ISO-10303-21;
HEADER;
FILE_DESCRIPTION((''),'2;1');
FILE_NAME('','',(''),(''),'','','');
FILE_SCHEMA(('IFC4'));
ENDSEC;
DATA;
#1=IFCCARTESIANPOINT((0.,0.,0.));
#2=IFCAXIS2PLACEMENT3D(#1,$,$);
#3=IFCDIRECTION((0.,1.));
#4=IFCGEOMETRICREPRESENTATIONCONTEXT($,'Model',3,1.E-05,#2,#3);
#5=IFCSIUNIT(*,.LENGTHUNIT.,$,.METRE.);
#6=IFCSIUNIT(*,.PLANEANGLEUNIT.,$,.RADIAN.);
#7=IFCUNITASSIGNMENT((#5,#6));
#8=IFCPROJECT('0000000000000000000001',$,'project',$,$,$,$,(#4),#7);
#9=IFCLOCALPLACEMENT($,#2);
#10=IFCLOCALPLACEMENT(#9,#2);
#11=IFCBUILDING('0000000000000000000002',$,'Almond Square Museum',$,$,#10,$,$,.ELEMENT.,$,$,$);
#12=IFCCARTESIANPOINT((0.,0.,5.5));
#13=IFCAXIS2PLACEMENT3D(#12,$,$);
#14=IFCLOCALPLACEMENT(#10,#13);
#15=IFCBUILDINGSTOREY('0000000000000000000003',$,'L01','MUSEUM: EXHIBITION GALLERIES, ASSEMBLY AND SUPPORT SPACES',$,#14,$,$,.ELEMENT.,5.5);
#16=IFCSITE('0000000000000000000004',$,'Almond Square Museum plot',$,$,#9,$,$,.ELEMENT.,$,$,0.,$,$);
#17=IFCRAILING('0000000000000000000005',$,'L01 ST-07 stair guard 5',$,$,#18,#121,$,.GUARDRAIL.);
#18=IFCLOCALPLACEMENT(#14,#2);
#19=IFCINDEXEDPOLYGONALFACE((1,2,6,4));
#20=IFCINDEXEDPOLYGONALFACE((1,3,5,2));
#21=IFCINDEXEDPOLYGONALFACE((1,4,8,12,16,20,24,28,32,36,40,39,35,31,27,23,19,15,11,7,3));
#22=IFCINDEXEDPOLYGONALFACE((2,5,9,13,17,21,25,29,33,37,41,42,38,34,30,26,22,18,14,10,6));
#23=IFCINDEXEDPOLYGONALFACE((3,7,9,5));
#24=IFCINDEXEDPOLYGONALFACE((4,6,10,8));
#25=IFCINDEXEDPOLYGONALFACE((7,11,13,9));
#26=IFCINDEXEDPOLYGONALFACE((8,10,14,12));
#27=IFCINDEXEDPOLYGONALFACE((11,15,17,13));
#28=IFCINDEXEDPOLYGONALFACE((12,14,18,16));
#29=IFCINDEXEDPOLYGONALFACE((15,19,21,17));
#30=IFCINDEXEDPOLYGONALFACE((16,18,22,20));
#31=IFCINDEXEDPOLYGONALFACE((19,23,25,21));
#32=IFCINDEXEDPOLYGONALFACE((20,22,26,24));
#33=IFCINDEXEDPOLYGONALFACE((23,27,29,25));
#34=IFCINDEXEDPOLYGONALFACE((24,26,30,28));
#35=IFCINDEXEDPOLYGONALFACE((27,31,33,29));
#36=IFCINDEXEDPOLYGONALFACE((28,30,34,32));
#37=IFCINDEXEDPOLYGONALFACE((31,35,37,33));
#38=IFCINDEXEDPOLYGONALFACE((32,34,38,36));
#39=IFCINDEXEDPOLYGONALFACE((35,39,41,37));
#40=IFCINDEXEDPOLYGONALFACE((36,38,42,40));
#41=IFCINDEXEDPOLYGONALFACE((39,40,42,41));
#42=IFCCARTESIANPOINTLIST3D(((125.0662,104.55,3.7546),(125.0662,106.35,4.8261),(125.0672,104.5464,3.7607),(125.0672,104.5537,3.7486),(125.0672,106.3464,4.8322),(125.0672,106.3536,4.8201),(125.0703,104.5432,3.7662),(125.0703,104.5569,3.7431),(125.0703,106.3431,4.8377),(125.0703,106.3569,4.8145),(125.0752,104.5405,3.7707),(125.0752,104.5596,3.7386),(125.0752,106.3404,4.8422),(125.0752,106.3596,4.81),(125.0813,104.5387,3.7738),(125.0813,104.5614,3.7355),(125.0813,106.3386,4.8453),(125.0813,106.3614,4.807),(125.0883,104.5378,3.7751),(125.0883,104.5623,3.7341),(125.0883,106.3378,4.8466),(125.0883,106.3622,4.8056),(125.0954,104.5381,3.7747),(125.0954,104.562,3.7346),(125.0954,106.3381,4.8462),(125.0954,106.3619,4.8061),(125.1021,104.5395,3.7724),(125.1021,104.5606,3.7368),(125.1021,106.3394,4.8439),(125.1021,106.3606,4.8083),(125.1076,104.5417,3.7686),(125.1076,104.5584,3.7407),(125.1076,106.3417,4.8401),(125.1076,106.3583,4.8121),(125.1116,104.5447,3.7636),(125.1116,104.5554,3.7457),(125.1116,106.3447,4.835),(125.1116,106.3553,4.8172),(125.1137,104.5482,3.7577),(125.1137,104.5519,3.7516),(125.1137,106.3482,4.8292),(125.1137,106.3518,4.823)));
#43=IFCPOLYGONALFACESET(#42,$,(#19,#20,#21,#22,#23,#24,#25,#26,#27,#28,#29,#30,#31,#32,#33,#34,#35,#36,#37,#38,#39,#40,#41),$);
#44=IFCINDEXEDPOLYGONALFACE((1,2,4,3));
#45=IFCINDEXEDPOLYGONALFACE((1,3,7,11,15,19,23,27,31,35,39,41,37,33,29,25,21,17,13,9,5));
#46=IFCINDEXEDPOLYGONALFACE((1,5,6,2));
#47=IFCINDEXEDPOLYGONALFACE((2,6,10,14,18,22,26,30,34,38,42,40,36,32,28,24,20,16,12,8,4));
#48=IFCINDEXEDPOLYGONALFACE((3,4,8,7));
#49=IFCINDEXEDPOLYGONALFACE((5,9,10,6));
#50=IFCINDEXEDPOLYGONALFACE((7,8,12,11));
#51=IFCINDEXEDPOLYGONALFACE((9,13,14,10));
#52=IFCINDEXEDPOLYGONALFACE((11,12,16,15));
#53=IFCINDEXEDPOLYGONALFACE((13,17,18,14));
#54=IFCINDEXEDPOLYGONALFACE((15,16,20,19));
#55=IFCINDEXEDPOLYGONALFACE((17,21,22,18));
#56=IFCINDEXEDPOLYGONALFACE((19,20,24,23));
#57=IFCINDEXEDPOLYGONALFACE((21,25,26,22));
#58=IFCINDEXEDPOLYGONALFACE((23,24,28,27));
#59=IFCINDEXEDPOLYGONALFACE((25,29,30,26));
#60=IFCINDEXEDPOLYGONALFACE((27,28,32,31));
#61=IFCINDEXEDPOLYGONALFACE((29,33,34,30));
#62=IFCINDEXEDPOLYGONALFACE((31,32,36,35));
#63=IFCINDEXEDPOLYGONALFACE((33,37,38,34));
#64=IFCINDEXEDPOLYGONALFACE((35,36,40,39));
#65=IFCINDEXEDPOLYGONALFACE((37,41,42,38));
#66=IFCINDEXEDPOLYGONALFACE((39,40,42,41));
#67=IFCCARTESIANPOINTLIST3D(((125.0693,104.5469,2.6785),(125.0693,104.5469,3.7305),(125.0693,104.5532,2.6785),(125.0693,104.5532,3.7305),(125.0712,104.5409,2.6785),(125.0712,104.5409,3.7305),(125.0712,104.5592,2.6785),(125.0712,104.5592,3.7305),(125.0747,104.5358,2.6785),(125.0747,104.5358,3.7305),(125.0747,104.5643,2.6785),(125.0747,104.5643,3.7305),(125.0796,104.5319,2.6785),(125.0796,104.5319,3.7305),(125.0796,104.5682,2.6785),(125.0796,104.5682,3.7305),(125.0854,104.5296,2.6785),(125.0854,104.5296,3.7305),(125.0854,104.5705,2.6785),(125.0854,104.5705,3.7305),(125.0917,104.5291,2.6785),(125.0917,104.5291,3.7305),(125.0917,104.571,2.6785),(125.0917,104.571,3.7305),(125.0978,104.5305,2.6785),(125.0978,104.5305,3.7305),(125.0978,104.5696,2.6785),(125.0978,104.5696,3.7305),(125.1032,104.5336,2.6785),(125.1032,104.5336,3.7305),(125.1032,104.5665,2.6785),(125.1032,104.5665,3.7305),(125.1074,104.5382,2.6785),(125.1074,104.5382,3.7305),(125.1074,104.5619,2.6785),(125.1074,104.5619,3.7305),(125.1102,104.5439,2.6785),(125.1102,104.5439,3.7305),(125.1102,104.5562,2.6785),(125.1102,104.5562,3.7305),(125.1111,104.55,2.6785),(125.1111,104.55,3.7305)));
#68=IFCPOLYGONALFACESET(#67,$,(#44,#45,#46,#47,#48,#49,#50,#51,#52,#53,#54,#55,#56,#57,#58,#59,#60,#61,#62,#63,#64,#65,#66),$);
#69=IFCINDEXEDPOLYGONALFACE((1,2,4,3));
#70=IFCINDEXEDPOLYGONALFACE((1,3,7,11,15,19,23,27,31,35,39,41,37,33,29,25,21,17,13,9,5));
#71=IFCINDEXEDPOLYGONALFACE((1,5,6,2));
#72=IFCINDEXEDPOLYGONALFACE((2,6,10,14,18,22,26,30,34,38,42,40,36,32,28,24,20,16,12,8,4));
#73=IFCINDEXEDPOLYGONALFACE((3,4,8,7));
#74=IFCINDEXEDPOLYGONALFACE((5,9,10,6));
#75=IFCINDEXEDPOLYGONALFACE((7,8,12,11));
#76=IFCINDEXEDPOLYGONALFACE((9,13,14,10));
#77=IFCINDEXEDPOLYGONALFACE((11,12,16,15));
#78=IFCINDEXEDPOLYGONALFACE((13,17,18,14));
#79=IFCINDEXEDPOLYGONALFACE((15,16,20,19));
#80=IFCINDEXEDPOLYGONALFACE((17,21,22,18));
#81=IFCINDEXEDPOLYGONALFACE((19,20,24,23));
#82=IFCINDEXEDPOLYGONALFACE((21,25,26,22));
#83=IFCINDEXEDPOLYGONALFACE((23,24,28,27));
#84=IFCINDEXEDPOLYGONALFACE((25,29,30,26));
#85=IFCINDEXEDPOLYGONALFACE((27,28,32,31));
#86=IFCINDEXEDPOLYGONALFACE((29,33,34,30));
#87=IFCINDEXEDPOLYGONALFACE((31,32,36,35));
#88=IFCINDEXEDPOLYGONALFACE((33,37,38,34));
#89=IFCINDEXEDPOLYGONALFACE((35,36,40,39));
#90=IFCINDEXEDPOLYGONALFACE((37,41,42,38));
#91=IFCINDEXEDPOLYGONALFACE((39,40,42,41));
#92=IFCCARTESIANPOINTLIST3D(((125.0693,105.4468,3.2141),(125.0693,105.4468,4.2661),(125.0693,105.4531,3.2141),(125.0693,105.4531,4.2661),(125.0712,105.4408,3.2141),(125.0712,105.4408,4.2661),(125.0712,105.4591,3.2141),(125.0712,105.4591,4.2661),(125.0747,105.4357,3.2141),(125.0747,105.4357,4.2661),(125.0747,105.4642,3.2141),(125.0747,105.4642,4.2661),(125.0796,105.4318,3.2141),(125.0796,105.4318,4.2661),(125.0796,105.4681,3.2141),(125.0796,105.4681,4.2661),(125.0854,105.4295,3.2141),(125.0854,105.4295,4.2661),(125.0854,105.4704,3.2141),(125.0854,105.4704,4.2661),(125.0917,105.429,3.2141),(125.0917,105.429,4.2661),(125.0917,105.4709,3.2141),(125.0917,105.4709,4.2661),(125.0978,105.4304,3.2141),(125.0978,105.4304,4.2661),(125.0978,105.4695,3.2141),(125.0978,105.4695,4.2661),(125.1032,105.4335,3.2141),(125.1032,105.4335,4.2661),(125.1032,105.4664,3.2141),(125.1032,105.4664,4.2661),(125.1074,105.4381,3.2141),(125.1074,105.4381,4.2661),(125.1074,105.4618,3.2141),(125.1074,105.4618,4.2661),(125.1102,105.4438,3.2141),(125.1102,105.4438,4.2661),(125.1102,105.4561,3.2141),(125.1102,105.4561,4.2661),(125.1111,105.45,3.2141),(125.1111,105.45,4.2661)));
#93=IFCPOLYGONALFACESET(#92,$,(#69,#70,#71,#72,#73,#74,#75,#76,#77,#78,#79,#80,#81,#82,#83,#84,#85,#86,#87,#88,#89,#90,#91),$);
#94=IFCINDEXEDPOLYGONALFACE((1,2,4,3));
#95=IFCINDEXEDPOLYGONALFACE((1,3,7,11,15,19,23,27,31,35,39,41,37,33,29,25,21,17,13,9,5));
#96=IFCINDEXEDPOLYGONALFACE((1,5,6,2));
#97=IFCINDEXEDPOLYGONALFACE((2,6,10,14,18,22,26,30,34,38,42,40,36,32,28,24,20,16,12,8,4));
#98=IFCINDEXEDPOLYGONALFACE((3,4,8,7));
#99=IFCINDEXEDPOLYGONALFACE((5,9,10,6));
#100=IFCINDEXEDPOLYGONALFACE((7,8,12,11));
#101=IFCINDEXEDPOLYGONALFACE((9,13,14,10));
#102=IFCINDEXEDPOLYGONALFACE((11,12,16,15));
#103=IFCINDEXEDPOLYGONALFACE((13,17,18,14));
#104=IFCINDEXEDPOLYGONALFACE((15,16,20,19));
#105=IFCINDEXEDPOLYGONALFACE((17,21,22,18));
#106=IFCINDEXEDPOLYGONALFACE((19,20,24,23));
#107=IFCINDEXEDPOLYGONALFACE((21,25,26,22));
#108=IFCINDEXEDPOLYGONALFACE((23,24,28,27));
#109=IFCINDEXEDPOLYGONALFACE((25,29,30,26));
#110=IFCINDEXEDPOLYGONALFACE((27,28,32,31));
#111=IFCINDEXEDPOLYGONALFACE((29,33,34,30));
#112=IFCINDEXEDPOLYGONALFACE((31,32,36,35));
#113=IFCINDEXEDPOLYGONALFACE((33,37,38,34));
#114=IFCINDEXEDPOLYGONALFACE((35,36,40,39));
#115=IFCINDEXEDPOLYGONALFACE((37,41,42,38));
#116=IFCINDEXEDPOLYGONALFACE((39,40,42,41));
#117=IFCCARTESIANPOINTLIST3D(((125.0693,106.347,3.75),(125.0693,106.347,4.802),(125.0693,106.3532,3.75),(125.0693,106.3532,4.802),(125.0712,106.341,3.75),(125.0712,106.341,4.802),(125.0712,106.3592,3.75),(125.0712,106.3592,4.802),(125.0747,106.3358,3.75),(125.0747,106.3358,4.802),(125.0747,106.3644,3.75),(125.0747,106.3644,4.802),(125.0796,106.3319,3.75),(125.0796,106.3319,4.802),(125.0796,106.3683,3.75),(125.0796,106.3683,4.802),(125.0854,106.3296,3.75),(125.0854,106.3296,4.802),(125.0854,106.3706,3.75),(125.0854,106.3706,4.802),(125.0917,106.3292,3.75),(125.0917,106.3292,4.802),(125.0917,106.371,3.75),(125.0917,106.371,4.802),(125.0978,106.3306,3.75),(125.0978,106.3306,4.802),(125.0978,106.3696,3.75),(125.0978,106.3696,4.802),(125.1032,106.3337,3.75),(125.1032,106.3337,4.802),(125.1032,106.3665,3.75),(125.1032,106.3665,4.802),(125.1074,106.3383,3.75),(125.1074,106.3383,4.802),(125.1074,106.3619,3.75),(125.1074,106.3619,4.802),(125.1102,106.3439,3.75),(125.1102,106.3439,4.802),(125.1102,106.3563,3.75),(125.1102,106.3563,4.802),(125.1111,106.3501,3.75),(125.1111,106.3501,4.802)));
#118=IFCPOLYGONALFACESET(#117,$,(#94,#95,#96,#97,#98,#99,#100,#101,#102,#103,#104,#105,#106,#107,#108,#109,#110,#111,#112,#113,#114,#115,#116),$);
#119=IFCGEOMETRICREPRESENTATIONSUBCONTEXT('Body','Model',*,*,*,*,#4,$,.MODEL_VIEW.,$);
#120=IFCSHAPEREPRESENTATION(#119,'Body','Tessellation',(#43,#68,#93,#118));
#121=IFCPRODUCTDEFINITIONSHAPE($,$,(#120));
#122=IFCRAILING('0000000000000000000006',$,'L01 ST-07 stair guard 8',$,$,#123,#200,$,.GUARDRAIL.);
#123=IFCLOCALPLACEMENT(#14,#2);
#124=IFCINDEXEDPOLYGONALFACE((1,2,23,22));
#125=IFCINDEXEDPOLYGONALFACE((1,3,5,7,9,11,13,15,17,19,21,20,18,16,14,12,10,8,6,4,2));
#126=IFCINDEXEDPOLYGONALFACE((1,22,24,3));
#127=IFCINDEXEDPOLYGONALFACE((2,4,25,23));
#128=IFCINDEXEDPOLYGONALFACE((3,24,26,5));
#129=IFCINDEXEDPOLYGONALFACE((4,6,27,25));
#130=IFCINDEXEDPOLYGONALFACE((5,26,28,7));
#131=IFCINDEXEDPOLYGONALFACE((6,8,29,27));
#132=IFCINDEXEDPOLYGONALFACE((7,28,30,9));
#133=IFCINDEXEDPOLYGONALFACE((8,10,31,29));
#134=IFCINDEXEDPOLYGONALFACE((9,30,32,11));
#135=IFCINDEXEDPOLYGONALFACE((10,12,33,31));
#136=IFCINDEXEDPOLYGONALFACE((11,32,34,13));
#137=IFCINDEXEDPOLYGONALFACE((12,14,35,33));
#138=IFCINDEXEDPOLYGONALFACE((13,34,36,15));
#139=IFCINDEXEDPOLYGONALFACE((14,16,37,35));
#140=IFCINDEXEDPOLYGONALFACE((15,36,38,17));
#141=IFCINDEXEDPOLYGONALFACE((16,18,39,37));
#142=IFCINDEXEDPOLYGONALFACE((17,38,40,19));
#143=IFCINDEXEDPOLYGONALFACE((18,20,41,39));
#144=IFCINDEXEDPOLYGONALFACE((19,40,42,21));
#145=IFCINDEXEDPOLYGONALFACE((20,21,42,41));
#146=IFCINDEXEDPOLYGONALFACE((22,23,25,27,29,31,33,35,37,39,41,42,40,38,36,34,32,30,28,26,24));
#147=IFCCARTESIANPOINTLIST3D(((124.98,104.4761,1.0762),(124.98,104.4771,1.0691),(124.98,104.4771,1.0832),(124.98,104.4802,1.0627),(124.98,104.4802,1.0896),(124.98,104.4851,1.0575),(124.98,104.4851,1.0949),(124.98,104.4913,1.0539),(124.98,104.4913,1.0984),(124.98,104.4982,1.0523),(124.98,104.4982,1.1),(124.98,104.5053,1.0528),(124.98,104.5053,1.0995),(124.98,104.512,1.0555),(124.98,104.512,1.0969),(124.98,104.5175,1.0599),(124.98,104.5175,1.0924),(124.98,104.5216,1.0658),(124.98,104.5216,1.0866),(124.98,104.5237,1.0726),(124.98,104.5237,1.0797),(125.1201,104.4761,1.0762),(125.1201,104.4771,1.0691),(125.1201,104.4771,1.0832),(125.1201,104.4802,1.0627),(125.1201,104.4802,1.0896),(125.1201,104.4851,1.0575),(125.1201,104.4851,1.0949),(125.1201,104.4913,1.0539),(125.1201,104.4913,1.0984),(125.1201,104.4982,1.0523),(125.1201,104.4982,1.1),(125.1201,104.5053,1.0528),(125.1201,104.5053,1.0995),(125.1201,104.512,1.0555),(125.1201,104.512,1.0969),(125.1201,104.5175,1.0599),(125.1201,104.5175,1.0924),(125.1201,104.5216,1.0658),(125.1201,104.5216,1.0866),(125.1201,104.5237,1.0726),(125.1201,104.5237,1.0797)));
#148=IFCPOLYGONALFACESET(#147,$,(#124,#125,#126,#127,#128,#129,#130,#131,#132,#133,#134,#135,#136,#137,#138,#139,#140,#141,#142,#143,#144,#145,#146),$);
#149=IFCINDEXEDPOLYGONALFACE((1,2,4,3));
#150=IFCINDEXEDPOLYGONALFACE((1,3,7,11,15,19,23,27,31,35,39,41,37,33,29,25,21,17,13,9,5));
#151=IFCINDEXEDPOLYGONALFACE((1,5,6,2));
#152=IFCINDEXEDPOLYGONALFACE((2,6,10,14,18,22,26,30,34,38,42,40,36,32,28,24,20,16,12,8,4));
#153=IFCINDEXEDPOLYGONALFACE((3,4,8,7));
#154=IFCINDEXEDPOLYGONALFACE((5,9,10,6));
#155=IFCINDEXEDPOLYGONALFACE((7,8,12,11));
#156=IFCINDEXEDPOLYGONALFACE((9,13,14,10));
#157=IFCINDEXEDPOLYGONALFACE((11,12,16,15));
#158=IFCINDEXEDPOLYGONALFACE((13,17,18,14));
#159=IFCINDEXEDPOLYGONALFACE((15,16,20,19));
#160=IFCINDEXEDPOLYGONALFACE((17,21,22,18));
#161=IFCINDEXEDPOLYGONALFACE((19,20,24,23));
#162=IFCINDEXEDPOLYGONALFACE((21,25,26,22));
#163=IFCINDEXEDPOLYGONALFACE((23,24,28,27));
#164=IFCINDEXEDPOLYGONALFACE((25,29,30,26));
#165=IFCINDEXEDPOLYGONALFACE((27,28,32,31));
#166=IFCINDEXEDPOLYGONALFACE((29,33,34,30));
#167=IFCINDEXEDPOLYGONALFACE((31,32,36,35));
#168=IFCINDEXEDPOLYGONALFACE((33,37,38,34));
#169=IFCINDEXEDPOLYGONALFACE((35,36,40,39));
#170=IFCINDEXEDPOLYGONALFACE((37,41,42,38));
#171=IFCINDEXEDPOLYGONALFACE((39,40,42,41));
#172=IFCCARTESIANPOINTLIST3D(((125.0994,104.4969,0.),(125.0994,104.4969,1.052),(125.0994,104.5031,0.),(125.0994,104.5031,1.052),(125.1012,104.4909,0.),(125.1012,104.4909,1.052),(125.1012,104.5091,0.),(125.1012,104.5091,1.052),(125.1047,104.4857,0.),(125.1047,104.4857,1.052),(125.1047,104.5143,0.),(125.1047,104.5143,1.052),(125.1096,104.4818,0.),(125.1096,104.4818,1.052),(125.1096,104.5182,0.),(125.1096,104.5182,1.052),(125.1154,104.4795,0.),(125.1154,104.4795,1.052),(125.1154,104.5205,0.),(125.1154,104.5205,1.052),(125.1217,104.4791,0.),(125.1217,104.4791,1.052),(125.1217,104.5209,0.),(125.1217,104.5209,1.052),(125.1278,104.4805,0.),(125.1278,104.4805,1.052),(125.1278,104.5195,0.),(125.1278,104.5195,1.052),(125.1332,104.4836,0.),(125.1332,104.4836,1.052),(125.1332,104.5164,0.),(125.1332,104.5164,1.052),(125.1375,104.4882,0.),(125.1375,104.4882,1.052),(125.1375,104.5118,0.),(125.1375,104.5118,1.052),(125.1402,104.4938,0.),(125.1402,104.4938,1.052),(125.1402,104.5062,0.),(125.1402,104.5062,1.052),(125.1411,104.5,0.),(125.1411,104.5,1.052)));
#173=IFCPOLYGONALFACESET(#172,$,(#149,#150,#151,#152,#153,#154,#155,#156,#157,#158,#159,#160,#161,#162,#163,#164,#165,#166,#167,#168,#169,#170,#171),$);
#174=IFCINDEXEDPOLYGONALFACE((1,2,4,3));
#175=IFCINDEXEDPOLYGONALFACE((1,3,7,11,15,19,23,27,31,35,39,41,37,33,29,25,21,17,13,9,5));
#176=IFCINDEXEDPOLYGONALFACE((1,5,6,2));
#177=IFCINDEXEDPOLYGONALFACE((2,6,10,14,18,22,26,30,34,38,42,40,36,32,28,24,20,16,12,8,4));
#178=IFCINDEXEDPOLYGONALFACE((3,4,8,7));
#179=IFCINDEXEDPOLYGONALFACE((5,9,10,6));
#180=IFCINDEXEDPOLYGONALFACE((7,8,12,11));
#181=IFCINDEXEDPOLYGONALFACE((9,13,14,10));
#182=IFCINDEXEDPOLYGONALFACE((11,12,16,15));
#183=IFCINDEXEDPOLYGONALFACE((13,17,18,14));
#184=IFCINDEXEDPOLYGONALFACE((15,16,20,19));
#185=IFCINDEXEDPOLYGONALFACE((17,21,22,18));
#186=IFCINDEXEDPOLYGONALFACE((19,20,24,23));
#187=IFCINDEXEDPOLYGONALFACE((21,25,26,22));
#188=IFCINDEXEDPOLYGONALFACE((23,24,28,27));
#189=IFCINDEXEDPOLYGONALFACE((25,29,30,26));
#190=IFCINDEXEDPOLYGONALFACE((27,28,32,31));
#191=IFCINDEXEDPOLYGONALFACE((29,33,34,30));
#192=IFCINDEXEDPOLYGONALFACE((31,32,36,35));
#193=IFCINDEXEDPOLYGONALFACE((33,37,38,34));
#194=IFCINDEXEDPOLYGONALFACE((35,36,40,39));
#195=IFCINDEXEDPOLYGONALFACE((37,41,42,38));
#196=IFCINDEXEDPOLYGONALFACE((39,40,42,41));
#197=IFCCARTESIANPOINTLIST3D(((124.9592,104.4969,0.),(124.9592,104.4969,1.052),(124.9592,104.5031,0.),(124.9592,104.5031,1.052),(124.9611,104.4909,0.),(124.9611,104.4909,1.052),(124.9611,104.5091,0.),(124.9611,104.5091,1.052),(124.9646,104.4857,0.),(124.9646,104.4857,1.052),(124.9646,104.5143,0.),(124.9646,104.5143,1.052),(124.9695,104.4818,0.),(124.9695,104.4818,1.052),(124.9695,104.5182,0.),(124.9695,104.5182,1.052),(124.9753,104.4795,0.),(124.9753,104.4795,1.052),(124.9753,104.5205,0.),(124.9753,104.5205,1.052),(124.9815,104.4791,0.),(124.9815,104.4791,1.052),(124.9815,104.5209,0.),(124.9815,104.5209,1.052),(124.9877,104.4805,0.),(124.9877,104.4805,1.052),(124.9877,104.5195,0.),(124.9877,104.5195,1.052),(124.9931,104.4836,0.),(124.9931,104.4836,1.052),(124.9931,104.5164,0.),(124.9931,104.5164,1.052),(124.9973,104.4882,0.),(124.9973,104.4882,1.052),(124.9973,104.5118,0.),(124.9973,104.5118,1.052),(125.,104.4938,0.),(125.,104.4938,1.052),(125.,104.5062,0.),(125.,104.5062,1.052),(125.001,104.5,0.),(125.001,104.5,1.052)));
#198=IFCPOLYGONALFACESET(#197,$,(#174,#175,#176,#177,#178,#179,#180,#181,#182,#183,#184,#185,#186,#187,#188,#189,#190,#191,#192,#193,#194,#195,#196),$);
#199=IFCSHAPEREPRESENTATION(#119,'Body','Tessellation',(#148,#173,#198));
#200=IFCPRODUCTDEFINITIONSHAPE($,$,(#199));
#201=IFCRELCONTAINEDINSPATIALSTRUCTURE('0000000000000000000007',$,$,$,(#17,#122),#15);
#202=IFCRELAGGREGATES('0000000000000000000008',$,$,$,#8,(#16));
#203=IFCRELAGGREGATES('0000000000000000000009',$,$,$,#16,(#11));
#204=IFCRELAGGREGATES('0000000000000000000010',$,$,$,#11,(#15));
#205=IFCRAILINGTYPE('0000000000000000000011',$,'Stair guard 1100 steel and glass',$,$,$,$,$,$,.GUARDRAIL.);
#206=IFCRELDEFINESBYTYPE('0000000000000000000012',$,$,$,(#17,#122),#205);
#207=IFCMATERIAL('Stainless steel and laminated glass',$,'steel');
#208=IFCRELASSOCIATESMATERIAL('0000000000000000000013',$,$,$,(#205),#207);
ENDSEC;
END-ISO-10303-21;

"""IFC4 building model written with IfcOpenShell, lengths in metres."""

from ifc_helpers import new_model, si_unit, direction, frame, origin, origin_2d, place, context, subcontext, project, spatial, circle, extrude, material, type_object, element, save


model = new_model("IFC4")

# Units and contexts
model_context = context("Model", 3, precision=1e-05, world=origin(), true_north=direction((0.0, 1.0)))
body_context = subcontext(model_context, "Body", "Model", "MODEL_VIEW")
ifc_project = project(units=[si_unit("LENGTHUNIT", "METRE"), si_unit("PLANEANGLEUNIT", "RADIAN")], contexts=[model_context])

# Site, building, storey
site_placement = place(None, origin())
site = spatial("IfcSite", under=ifc_project, at=site_placement, Name="Almond Square Museum plot", CompositionType="ELEMENT", RefElevation=0.0)
building_placement = place(site_placement, origin())
building = spatial("IfcBuilding", under=site, at=building_placement, Name="Almond Square Museum", CompositionType="ELEMENT")
storey_placement = place(building_placement, frame((0.0, 0.0, 5.5)))
storey = spatial("IfcBuildingStorey", under=building, at=storey_placement, Name="L01", Description="MUSEUM: EXHIBITION GALLERIES, ASSEMBLY AND SUPPORT SPACES", CompositionType="ELEMENT", Elevation=5.5)

# Railings
ifc_material_1 = material(Name="Stainless steel and laminated glass", Category="steel")
railing_type = type_object("IfcRailingType", Name="Stair guard 1100 steel and glass", PredefinedType="GUARDRAIL", material=ifc_material_1)
railing_1_placement = place(storey_placement, frame((125.0901, 104.55, 2.6785)))
element("IfcRailing", 1, at=railing_1_placement, inside=storey, type_object=railing_type, Name="L01 ST-07 stair guard 5", PredefinedType="GUARDRAIL", context=body_context, shape_type="SweptSolid", body=[
    extrude(circle(Radius=0.0239, at=origin_2d()), frame((0.0, 0.0, 1.0762), z_axis=(0.0, 0.859277, 0.51151), x_axis=(-1.0, 0.0, 0.0)), (0.0, 0.0, 1.0), 2.0947),
    extrude(circle(Radius=0.021, at=origin_2d()), origin(), (0.0, 0.0, 1.0), 1.052),
    extrude(circle(Radius=0.021, at=origin_2d()), frame((0.0, 0.8999, 0.5356)), (0.0, 0.0, 1.0), 1.052),
    extrude(circle(Radius=0.021, at=origin_2d()), frame((0.0, 1.8, 1.0715)), (0.0, 0.0, 1.0), 1.052),
])
for number, where, name in (
    (2, (125.1201, 104.5, 0.0), "L01 ST-07 stair guard 8"),
):
    element("IfcRailing", number, at=place(storey_placement, frame(where)), inside=storey, type_object=railing_type, Name=name, PredefinedType="GUARDRAIL", context=body_context, shape_type="SweptSolid", body=[
        extrude(circle(Radius=0.0239, at=origin_2d()), frame((0.0, 0.0, 1.0762), z_axis=(-1.0, 0.0, 0.0), x_axis=(0.0, -1.0, 0.0)), (0.0, 0.0, 1.0), 0.1401),
        extrude(circle(Radius=0.021, at=origin_2d()), origin(), (0.0, 0.0, 1.0), 1.052),
        extrude(circle(Radius=0.021, at=origin_2d()), frame((-0.1401, 0.0, 0.0)), (0.0, 0.0, 1.0), 1.052),
    ])

save(model, "model.ifc")
